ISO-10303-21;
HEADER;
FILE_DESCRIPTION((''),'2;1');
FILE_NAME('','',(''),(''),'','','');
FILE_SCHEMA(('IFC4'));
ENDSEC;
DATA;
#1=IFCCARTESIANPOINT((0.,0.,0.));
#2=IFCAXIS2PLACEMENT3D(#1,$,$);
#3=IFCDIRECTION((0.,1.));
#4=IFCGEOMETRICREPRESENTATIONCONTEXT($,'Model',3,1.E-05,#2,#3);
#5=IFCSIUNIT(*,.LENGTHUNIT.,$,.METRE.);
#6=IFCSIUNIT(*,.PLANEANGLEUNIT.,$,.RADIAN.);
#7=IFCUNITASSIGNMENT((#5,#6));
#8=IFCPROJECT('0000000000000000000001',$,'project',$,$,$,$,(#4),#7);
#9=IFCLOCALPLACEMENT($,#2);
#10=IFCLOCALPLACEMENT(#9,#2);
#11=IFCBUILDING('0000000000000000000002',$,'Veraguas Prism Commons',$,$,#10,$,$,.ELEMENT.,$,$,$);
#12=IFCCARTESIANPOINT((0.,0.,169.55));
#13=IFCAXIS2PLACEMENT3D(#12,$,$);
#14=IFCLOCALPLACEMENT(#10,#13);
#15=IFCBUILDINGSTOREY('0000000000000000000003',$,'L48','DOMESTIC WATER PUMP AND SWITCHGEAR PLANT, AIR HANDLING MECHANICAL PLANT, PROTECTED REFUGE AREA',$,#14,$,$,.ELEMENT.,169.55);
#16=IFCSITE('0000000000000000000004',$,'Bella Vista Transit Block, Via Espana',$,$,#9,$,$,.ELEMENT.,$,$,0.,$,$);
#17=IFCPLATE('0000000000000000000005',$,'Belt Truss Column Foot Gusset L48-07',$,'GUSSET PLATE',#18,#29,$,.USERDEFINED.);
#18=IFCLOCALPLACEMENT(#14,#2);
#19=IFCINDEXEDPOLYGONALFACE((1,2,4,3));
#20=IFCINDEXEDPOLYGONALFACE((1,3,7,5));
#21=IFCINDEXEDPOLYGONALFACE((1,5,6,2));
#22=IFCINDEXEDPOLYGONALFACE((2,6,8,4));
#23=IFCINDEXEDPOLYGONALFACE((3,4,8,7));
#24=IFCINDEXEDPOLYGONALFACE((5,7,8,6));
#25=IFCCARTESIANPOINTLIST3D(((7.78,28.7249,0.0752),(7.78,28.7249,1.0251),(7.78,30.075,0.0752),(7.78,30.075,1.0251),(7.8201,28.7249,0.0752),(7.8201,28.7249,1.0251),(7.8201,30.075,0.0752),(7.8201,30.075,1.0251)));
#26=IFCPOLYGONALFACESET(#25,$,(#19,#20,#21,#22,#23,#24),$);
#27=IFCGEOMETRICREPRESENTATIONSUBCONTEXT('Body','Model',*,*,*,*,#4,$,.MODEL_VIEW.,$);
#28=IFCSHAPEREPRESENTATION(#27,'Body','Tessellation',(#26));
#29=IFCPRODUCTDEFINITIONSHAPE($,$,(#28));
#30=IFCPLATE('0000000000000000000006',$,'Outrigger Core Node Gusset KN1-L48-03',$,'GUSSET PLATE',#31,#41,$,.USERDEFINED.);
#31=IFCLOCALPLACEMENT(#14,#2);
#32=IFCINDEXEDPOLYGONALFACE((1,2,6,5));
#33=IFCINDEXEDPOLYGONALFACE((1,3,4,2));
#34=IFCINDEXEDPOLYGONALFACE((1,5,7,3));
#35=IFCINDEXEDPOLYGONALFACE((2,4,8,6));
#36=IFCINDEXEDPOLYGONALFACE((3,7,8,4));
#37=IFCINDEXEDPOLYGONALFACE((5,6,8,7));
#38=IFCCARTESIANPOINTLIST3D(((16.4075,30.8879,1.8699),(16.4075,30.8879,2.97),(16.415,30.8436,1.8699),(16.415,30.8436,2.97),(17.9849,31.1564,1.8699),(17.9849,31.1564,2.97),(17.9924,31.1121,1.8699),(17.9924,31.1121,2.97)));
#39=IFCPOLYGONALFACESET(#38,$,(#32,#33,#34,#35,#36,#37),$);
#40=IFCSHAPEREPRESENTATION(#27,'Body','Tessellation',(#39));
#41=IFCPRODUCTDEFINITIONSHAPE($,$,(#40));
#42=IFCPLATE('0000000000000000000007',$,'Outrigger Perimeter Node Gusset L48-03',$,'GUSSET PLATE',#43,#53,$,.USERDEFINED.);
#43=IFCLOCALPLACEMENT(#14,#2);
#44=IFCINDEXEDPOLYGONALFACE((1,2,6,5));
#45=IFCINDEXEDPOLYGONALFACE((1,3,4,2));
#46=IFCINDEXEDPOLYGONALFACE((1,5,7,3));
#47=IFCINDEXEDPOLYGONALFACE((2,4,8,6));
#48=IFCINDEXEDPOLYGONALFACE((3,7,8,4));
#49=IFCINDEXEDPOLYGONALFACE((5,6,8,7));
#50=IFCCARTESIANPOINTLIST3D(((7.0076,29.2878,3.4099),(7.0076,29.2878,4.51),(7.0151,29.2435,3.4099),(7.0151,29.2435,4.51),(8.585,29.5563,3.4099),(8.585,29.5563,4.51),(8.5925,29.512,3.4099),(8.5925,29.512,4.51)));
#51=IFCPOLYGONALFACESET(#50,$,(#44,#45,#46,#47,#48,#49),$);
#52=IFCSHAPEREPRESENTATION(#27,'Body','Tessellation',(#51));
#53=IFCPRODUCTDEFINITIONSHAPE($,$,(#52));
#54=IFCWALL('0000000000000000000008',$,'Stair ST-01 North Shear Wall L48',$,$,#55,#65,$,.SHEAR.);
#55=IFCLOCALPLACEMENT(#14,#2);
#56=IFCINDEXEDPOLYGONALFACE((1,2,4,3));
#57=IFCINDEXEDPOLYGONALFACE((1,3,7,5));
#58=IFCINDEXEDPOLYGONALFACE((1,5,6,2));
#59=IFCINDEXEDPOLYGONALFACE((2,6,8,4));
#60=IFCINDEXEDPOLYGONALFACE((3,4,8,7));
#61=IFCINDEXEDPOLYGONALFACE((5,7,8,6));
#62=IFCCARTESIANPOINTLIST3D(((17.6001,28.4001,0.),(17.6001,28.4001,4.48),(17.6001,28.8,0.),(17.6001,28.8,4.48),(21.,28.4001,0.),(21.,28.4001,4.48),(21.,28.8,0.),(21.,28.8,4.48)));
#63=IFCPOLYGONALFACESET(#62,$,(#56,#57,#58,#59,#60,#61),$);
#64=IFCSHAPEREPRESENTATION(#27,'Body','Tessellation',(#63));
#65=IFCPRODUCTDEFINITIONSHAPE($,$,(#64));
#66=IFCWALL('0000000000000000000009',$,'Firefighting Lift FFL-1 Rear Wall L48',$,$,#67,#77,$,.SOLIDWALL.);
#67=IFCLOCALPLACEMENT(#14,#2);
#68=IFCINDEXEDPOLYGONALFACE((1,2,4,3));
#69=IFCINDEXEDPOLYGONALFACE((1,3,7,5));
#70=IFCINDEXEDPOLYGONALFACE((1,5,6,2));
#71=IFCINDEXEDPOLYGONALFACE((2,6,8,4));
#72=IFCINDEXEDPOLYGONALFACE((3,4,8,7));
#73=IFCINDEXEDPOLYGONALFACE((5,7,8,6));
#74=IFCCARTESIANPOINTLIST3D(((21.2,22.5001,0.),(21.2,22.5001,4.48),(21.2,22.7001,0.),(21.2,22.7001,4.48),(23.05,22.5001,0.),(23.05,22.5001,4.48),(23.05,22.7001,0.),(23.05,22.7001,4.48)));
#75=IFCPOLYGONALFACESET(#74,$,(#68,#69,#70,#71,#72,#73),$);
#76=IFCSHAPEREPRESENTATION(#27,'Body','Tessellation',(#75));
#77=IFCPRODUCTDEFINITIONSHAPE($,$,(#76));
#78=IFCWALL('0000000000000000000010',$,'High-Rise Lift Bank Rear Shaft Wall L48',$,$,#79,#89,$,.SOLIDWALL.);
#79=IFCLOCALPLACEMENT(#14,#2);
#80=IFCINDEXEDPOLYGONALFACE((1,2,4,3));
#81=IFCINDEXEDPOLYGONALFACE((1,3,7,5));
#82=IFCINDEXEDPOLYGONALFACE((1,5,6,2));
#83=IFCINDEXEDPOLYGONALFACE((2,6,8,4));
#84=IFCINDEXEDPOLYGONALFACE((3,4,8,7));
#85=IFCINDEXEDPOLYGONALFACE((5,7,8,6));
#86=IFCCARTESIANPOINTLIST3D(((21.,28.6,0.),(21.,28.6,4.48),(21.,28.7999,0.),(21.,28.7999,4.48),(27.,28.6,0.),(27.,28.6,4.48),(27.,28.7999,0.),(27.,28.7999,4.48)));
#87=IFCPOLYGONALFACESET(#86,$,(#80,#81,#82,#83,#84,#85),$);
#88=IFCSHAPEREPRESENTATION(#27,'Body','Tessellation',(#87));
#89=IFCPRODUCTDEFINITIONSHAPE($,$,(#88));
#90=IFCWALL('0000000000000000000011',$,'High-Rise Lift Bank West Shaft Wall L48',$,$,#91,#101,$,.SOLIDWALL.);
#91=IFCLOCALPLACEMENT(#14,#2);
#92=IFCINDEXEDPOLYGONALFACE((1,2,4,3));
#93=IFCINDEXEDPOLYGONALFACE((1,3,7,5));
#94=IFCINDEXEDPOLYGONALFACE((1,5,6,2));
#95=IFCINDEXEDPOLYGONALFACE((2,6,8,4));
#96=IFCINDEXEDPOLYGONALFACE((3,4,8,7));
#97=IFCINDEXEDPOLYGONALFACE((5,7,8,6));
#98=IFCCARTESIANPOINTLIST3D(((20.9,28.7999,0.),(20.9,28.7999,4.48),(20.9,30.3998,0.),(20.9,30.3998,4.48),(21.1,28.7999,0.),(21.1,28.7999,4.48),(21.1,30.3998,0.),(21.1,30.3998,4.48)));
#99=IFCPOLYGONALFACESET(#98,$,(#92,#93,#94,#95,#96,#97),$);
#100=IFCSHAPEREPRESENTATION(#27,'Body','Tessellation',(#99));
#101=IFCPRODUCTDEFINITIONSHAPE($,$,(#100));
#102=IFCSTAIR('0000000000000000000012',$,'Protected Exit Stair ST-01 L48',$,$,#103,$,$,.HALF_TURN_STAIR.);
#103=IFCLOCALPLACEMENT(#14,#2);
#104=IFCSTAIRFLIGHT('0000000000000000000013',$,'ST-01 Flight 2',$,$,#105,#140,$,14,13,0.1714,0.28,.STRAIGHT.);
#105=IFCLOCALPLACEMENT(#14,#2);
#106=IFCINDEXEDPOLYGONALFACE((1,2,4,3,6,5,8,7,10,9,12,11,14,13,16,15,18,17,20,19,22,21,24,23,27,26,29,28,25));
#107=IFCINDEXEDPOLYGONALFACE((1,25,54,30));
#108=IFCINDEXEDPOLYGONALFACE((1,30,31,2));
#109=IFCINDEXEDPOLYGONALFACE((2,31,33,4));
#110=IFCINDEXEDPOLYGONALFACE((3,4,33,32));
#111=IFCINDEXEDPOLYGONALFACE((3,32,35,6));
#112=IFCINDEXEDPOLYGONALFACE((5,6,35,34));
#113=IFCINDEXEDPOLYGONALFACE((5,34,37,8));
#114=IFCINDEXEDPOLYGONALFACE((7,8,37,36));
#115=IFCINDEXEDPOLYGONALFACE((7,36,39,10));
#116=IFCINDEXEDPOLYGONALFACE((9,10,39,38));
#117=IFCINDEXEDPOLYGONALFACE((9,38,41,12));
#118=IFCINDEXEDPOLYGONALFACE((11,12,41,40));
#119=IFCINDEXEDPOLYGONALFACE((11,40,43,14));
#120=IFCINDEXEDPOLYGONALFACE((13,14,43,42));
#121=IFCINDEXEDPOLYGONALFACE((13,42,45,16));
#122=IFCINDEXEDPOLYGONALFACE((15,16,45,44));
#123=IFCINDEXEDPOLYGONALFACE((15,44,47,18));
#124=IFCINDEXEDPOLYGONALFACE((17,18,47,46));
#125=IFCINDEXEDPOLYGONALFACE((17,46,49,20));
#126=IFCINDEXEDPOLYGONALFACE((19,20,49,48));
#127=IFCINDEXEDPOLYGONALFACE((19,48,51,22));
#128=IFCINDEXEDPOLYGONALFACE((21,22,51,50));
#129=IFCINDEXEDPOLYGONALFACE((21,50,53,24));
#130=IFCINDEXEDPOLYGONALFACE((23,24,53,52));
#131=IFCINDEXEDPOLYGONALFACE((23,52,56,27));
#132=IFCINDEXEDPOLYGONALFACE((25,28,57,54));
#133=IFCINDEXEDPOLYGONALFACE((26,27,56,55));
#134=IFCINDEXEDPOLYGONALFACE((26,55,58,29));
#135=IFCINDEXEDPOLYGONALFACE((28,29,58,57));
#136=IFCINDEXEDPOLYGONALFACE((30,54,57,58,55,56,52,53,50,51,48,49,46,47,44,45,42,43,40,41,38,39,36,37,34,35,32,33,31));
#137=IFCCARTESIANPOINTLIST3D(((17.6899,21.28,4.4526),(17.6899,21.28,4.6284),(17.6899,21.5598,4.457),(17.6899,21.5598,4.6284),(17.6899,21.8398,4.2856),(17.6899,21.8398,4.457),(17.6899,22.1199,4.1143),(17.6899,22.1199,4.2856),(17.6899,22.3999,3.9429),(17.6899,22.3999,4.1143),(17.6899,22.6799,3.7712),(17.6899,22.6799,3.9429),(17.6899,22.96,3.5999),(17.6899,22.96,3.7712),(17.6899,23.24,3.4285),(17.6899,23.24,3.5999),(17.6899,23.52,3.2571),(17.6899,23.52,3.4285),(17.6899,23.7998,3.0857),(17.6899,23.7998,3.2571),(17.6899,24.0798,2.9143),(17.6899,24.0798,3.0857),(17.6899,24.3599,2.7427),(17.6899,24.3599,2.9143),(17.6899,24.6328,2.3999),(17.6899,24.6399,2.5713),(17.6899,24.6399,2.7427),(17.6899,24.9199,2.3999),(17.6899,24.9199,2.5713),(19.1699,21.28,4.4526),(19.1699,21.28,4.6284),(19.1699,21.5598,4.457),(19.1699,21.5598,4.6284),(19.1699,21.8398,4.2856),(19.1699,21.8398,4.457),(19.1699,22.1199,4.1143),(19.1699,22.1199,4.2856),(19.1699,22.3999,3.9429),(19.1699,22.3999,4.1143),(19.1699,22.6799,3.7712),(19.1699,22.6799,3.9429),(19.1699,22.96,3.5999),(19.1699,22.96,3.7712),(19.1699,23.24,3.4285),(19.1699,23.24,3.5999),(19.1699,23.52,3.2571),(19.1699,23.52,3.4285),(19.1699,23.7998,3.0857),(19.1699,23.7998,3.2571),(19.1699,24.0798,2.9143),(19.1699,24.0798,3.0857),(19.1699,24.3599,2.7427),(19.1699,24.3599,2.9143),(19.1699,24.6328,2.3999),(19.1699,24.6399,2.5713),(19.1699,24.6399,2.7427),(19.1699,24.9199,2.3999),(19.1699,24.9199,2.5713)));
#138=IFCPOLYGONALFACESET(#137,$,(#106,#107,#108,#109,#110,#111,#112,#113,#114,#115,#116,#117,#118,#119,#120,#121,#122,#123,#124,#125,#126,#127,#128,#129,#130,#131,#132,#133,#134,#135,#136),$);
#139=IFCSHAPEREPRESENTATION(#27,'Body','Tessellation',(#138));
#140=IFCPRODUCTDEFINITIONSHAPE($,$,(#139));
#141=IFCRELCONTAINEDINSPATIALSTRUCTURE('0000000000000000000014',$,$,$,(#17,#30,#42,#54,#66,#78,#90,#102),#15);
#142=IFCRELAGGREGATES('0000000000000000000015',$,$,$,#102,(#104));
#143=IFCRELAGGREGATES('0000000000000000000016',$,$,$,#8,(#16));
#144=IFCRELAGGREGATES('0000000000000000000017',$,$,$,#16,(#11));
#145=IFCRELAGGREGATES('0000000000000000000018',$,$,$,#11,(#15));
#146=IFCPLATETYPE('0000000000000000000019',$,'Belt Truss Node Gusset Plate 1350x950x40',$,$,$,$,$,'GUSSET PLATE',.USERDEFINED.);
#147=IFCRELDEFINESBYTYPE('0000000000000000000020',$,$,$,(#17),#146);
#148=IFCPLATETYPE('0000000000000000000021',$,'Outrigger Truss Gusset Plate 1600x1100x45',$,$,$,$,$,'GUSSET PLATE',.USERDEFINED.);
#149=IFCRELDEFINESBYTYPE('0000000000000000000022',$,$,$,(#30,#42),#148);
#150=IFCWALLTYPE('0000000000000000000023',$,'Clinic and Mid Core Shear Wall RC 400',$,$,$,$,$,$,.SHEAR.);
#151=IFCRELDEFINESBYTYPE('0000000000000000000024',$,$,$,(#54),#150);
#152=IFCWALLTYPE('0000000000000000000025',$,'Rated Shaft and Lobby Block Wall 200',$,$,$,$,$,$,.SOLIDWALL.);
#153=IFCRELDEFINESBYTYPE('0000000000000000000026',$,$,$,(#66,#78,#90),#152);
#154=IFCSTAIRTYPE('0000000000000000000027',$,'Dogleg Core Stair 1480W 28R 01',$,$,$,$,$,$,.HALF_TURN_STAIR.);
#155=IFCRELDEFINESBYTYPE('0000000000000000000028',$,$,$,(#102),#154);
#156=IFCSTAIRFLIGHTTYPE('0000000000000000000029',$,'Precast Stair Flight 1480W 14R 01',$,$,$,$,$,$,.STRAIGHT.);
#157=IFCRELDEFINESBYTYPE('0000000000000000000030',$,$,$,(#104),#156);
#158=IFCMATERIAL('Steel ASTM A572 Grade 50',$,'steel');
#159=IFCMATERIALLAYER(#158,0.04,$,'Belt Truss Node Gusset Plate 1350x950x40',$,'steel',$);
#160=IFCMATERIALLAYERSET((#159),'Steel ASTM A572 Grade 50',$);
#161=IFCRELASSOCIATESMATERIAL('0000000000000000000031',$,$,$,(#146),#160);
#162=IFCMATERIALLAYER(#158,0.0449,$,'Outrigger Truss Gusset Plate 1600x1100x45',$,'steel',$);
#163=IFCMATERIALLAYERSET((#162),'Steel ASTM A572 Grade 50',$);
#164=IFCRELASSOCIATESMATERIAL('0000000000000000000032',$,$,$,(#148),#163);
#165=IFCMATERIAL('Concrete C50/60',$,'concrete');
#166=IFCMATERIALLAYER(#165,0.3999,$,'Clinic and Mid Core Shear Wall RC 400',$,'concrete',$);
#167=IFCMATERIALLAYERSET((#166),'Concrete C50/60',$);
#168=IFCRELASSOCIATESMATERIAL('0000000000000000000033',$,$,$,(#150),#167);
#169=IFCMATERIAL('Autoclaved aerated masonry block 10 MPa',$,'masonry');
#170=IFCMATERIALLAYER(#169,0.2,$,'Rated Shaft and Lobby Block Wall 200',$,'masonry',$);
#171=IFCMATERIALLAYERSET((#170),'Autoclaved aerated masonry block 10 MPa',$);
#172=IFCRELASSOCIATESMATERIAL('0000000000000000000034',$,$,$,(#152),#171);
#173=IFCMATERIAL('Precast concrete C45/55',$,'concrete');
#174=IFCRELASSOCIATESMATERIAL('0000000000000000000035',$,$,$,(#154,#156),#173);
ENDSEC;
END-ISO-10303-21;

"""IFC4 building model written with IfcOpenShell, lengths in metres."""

from ifc_helpers import new_model, si_unit, direction, frame, frame_2d, origin, origin_2d, place, context, subcontext, project, spatial, polyline, rectangle, outline, extrude, source, transform, mapped, material, layer, layer_set, type_object, element, aggregate, save


model = new_model("IFC4")

# Units and contexts
model_context = context("Model", 3, precision=1e-05, world=origin(), true_north=direction((0.0, 1.0)))
body_context = subcontext(model_context, "Body", "Model", "MODEL_VIEW")
ifc_project = project(units=[si_unit("LENGTHUNIT", "METRE"), si_unit("PLANEANGLEUNIT", "RADIAN")], contexts=[model_context])

# Site, building, storey
site_placement = place(None, origin())
site = spatial("IfcSite", under=ifc_project, at=site_placement, Name="Bella Vista Transit Block, Via Espana", CompositionType="ELEMENT", RefElevation=0.0)
building_placement = place(site_placement, origin())
building = spatial("IfcBuilding", under=site, at=building_placement, Name="Veraguas Prism Commons", CompositionType="ELEMENT")
storey_placement = place(building_placement, frame((0.0, 0.0, 169.55)))
storey = spatial("IfcBuildingStorey", under=building, at=storey_placement, Name="L48", Description="DOMESTIC WATER PUMP AND SWITCHGEAR PLANT, AIR HANDLING MECHANICAL PLANT, PROTECTED REFUGE AREA", CompositionType="ELEMENT", Elevation=169.55)

# Shared definitions
ifc_material_1 = material(Name="Concrete C50/60", Category="concrete")

# Plates
ifc_material_2 = material(Name="Steel ASTM A572 Grade 50", Category="steel")
ifc_layer_1 = layer(ifc_material_2, 0.04, Name="Belt Truss Node Gusset Plate 1350x950x40", Category="steel")
ifc_layer_set_1 = layer_set([ifc_layer_1], Name="Steel ASTM A572 Grade 50")
plate_type_1 = type_object("IfcPlateType", Name="Belt Truss Node Gusset Plate 1350x950x40", ElementType="GUSSET PLATE", PredefinedType="USERDEFINED", material=ifc_layer_set_1)
shared_shape_1 = source(origin(), body_context, "Body", "SweptSolid", [
    extrude(rectangle(XDim=1.3501, YDim=0.04, at=origin_2d()), origin(), (0.0, 0.0, 1.0), 0.95),
])
plate_1_placement = place(storey_placement, frame((7.8, 29.3999, 0.0752), z_axis=(0.0, 0.0, 1.0), x_axis=(0.0, -1.0, 0.0)))
element("IfcPlate", 1, at=plate_1_placement, inside=storey, type_object=plate_type_1, Name="Belt Truss Column Foot Gusset L48-07", ObjectType="GUSSET PLATE", PredefinedType="USERDEFINED", context=body_context, shape_type="MappedRepresentation", body=[
    mapped(shared_shape_1, transform((0.0, 0.0, 0.0), scale=1.0)),
])
ifc_layer_2 = layer(ifc_material_2, 0.0449, Name="Outrigger Truss Gusset Plate 1600x1100x45", Category="steel")
ifc_layer_set_2 = layer_set([ifc_layer_2], Name="Steel ASTM A572 Grade 50")
plate_type_2 = type_object("IfcPlateType", Name="Outrigger Truss Gusset Plate 1600x1100x45", ElementType="GUSSET PLATE", PredefinedType="USERDEFINED", material=ifc_layer_set_2)
shared_shape_2 = source(origin(), body_context, "Body", "SweptSolid", [
    extrude(rectangle(XDim=1.6001, YDim=0.0449, at=origin_2d()), origin(), (0.0, 0.0, 1.0), 1.1001),
])
for number, where, z_axis, x_axis, name in (
    (2, (17.2, 31.0, 1.8699), (0.0, 0.0, 1.0), (-0.985821, -0.167799, 0.0), "Outrigger Core Node Gusset KN1-L48-03"),
    (3, (7.8, 29.3999, 3.4099), (0.0, 0.0, 1.0), (-0.985821, -0.167799, 0.0), "Outrigger Perimeter Node Gusset L48-03"),
):
    element("IfcPlate", number, at=place(storey_placement, frame(where, z_axis=z_axis, x_axis=x_axis)), inside=storey, type_object=plate_type_2, Name=name, ObjectType="GUSSET PLATE", PredefinedType="USERDEFINED", context=body_context, shape_type="MappedRepresentation", body=[
        mapped(shared_shape_2, transform((0.0, 0.0, 0.0), scale=1.0)),
    ])

# Walls
ifc_layer_3 = layer(ifc_material_1, 0.3999, Name="Clinic and Mid Core Shear Wall RC 400", Category="concrete")
ifc_layer_set_3 = layer_set([ifc_layer_3], Name="Concrete C50/60")
wall_type_1 = type_object("IfcWallType", Name="Clinic and Mid Core Shear Wall RC 400", PredefinedType="SHEAR", material=ifc_layer_set_3)
wall_1_placement = place(storey_placement, frame((17.6001, 28.6001, 0.0), z_axis=(0.0, 0.0, 1.0), x_axis=(1.0, 0.0, 0.0)))
element("IfcWall", 4, at=wall_1_placement, inside=storey, type_object=wall_type_1, Name="Stair ST-01 North Shear Wall L48", PredefinedType="SHEAR", context=body_context, shape_type="SweptSolid", body=[
    extrude(rectangle(XDim=3.3999, YDim=0.3999, at=frame_2d((1.7, 0.0))), origin(), (0.0, 0.0, 1.0), 4.48),
])
ifc_material_3 = material(Name="Autoclaved aerated masonry block 10 MPa", Category="masonry")
ifc_layer_4 = layer(ifc_material_3, 0.2, Name="Rated Shaft and Lobby Block Wall 200", Category="masonry")
ifc_layer_set_4 = layer_set([ifc_layer_4], Name="Autoclaved aerated masonry block 10 MPa")
wall_type_2 = type_object("IfcWallType", Name="Rated Shaft and Lobby Block Wall 200", PredefinedType="SOLIDWALL", material=ifc_layer_set_4)
wall_2_placement = place(storey_placement, frame((21.2, 22.6001, 0.0), z_axis=(0.0, 0.0, 1.0), x_axis=(1.0, 0.0, 0.0)))
element("IfcWall", 5, at=wall_2_placement, inside=storey, type_object=wall_type_2, Name="Firefighting Lift FFL-1 Rear Wall L48", PredefinedType="SOLIDWALL", context=body_context, shape_type="SweptSolid", body=[
    extrude(rectangle(XDim=1.8501, YDim=0.2, at=frame_2d((0.925, 0.0))), origin(), (0.0, 0.0, 1.0), 4.48),
])
wall_3_placement = place(storey_placement, frame((21.0, 28.7, 0.0), z_axis=(0.0, 0.0, 1.0), x_axis=(1.0, 0.0, 0.0)))
element("IfcWall", 6, at=wall_3_placement, inside=storey, type_object=wall_type_2, Name="High-Rise Lift Bank Rear Shaft Wall L48", PredefinedType="SOLIDWALL", context=body_context, shape_type="SweptSolid", body=[
    extrude(rectangle(XDim=6.0, YDim=0.2, at=frame_2d((3.0, 0.0))), origin(), (0.0, 0.0, 1.0), 4.48),
])
wall_4_placement = place(storey_placement, frame((21.0, 28.8, 0.0), z_axis=(0.0, 0.0, 1.0), x_axis=(0.0, 1.0, 0.0)))
element("IfcWall", 7, at=wall_4_placement, inside=storey, type_object=wall_type_2, Name="High-Rise Lift Bank West Shaft Wall L48", PredefinedType="SOLIDWALL", context=body_context, shape_type="SweptSolid", body=[
    extrude(rectangle(XDim=1.5999, YDim=0.2, at=frame_2d((0.7998, 0.0))), origin(), (0.0, 0.0, 1.0), 4.48),
])

# Stair, stair flight
ifc_material_4 = material(Name="Precast concrete C45/55", Category="concrete")
stair_type = type_object("IfcStairType", Name="Dogleg Core Stair 1480W 28R 01", PredefinedType="HALF_TURN_STAIR", material=ifc_material_4)
stair_placement = place(storey_placement, origin())
stair = element("IfcStair", 8, at=stair_placement, inside=storey, type_object=stair_type, Name="Protected Exit Stair ST-01 L48", PredefinedType="HALF_TURN_STAIR")
stair_flight_type = type_object("IfcStairFlightType", Name="Precast Stair Flight 1480W 14R 01", PredefinedType="STRAIGHT", material=ifc_material_4)
stair_flight_placement = place(storey_placement, frame((18.4299, 24.9199, 2.3999), z_axis=(0.0, 0.0, 1.0), x_axis=(0.0, -1.0, 0.0)))
stair_flight = element("IfcStairFlight", 9, at=stair_flight_placement, type_object=stair_flight_type, Name="ST-01 Flight 2", NumberOfRisers=14, NumberOfTreads=13, PredefinedType="STRAIGHT", RiserHeight=0.1714, TreadLength=0.28, context=body_context, shape_type="SweptSolid", body=[
    extrude(outline(polyline([(0.0, 0.0), (0.0, 0.1714), (0.28, 0.1714), (0.28, 0.3428), (0.5601, 0.3428), (0.5601, 0.5144), (0.8401, 0.5144), (0.8401, 0.6858), (1.1201, 0.6858), (1.1201, 0.8572), (1.3999, 0.8572), (1.3999, 1.0286), (1.6799, 1.0286), (1.6799, 1.2), (1.96, 1.2), (1.96, 1.3713), (2.24, 1.3713), (2.24, 1.543), (2.52, 1.543), (2.52, 1.7144), (2.8, 1.7144), (2.8, 1.8857), (3.0801, 1.8857), (3.0801, 2.0571), (3.3601, 2.0571), (3.3601, 2.2285), (3.6399, 2.2285), (3.6399, 2.3999), (3.6399, 2.0527), (0.2871, 0.0), (0.0, 0.0)])), frame((0.0, 0.74, 0.0), z_axis=(0.0, -1.0, 0.0), x_axis=(1.0, 0.0, 0.0)), (0.0, 0.0, 1.0), 1.48),
])
aggregate(stair, [stair_flight])

save(model, "model.ifc")
